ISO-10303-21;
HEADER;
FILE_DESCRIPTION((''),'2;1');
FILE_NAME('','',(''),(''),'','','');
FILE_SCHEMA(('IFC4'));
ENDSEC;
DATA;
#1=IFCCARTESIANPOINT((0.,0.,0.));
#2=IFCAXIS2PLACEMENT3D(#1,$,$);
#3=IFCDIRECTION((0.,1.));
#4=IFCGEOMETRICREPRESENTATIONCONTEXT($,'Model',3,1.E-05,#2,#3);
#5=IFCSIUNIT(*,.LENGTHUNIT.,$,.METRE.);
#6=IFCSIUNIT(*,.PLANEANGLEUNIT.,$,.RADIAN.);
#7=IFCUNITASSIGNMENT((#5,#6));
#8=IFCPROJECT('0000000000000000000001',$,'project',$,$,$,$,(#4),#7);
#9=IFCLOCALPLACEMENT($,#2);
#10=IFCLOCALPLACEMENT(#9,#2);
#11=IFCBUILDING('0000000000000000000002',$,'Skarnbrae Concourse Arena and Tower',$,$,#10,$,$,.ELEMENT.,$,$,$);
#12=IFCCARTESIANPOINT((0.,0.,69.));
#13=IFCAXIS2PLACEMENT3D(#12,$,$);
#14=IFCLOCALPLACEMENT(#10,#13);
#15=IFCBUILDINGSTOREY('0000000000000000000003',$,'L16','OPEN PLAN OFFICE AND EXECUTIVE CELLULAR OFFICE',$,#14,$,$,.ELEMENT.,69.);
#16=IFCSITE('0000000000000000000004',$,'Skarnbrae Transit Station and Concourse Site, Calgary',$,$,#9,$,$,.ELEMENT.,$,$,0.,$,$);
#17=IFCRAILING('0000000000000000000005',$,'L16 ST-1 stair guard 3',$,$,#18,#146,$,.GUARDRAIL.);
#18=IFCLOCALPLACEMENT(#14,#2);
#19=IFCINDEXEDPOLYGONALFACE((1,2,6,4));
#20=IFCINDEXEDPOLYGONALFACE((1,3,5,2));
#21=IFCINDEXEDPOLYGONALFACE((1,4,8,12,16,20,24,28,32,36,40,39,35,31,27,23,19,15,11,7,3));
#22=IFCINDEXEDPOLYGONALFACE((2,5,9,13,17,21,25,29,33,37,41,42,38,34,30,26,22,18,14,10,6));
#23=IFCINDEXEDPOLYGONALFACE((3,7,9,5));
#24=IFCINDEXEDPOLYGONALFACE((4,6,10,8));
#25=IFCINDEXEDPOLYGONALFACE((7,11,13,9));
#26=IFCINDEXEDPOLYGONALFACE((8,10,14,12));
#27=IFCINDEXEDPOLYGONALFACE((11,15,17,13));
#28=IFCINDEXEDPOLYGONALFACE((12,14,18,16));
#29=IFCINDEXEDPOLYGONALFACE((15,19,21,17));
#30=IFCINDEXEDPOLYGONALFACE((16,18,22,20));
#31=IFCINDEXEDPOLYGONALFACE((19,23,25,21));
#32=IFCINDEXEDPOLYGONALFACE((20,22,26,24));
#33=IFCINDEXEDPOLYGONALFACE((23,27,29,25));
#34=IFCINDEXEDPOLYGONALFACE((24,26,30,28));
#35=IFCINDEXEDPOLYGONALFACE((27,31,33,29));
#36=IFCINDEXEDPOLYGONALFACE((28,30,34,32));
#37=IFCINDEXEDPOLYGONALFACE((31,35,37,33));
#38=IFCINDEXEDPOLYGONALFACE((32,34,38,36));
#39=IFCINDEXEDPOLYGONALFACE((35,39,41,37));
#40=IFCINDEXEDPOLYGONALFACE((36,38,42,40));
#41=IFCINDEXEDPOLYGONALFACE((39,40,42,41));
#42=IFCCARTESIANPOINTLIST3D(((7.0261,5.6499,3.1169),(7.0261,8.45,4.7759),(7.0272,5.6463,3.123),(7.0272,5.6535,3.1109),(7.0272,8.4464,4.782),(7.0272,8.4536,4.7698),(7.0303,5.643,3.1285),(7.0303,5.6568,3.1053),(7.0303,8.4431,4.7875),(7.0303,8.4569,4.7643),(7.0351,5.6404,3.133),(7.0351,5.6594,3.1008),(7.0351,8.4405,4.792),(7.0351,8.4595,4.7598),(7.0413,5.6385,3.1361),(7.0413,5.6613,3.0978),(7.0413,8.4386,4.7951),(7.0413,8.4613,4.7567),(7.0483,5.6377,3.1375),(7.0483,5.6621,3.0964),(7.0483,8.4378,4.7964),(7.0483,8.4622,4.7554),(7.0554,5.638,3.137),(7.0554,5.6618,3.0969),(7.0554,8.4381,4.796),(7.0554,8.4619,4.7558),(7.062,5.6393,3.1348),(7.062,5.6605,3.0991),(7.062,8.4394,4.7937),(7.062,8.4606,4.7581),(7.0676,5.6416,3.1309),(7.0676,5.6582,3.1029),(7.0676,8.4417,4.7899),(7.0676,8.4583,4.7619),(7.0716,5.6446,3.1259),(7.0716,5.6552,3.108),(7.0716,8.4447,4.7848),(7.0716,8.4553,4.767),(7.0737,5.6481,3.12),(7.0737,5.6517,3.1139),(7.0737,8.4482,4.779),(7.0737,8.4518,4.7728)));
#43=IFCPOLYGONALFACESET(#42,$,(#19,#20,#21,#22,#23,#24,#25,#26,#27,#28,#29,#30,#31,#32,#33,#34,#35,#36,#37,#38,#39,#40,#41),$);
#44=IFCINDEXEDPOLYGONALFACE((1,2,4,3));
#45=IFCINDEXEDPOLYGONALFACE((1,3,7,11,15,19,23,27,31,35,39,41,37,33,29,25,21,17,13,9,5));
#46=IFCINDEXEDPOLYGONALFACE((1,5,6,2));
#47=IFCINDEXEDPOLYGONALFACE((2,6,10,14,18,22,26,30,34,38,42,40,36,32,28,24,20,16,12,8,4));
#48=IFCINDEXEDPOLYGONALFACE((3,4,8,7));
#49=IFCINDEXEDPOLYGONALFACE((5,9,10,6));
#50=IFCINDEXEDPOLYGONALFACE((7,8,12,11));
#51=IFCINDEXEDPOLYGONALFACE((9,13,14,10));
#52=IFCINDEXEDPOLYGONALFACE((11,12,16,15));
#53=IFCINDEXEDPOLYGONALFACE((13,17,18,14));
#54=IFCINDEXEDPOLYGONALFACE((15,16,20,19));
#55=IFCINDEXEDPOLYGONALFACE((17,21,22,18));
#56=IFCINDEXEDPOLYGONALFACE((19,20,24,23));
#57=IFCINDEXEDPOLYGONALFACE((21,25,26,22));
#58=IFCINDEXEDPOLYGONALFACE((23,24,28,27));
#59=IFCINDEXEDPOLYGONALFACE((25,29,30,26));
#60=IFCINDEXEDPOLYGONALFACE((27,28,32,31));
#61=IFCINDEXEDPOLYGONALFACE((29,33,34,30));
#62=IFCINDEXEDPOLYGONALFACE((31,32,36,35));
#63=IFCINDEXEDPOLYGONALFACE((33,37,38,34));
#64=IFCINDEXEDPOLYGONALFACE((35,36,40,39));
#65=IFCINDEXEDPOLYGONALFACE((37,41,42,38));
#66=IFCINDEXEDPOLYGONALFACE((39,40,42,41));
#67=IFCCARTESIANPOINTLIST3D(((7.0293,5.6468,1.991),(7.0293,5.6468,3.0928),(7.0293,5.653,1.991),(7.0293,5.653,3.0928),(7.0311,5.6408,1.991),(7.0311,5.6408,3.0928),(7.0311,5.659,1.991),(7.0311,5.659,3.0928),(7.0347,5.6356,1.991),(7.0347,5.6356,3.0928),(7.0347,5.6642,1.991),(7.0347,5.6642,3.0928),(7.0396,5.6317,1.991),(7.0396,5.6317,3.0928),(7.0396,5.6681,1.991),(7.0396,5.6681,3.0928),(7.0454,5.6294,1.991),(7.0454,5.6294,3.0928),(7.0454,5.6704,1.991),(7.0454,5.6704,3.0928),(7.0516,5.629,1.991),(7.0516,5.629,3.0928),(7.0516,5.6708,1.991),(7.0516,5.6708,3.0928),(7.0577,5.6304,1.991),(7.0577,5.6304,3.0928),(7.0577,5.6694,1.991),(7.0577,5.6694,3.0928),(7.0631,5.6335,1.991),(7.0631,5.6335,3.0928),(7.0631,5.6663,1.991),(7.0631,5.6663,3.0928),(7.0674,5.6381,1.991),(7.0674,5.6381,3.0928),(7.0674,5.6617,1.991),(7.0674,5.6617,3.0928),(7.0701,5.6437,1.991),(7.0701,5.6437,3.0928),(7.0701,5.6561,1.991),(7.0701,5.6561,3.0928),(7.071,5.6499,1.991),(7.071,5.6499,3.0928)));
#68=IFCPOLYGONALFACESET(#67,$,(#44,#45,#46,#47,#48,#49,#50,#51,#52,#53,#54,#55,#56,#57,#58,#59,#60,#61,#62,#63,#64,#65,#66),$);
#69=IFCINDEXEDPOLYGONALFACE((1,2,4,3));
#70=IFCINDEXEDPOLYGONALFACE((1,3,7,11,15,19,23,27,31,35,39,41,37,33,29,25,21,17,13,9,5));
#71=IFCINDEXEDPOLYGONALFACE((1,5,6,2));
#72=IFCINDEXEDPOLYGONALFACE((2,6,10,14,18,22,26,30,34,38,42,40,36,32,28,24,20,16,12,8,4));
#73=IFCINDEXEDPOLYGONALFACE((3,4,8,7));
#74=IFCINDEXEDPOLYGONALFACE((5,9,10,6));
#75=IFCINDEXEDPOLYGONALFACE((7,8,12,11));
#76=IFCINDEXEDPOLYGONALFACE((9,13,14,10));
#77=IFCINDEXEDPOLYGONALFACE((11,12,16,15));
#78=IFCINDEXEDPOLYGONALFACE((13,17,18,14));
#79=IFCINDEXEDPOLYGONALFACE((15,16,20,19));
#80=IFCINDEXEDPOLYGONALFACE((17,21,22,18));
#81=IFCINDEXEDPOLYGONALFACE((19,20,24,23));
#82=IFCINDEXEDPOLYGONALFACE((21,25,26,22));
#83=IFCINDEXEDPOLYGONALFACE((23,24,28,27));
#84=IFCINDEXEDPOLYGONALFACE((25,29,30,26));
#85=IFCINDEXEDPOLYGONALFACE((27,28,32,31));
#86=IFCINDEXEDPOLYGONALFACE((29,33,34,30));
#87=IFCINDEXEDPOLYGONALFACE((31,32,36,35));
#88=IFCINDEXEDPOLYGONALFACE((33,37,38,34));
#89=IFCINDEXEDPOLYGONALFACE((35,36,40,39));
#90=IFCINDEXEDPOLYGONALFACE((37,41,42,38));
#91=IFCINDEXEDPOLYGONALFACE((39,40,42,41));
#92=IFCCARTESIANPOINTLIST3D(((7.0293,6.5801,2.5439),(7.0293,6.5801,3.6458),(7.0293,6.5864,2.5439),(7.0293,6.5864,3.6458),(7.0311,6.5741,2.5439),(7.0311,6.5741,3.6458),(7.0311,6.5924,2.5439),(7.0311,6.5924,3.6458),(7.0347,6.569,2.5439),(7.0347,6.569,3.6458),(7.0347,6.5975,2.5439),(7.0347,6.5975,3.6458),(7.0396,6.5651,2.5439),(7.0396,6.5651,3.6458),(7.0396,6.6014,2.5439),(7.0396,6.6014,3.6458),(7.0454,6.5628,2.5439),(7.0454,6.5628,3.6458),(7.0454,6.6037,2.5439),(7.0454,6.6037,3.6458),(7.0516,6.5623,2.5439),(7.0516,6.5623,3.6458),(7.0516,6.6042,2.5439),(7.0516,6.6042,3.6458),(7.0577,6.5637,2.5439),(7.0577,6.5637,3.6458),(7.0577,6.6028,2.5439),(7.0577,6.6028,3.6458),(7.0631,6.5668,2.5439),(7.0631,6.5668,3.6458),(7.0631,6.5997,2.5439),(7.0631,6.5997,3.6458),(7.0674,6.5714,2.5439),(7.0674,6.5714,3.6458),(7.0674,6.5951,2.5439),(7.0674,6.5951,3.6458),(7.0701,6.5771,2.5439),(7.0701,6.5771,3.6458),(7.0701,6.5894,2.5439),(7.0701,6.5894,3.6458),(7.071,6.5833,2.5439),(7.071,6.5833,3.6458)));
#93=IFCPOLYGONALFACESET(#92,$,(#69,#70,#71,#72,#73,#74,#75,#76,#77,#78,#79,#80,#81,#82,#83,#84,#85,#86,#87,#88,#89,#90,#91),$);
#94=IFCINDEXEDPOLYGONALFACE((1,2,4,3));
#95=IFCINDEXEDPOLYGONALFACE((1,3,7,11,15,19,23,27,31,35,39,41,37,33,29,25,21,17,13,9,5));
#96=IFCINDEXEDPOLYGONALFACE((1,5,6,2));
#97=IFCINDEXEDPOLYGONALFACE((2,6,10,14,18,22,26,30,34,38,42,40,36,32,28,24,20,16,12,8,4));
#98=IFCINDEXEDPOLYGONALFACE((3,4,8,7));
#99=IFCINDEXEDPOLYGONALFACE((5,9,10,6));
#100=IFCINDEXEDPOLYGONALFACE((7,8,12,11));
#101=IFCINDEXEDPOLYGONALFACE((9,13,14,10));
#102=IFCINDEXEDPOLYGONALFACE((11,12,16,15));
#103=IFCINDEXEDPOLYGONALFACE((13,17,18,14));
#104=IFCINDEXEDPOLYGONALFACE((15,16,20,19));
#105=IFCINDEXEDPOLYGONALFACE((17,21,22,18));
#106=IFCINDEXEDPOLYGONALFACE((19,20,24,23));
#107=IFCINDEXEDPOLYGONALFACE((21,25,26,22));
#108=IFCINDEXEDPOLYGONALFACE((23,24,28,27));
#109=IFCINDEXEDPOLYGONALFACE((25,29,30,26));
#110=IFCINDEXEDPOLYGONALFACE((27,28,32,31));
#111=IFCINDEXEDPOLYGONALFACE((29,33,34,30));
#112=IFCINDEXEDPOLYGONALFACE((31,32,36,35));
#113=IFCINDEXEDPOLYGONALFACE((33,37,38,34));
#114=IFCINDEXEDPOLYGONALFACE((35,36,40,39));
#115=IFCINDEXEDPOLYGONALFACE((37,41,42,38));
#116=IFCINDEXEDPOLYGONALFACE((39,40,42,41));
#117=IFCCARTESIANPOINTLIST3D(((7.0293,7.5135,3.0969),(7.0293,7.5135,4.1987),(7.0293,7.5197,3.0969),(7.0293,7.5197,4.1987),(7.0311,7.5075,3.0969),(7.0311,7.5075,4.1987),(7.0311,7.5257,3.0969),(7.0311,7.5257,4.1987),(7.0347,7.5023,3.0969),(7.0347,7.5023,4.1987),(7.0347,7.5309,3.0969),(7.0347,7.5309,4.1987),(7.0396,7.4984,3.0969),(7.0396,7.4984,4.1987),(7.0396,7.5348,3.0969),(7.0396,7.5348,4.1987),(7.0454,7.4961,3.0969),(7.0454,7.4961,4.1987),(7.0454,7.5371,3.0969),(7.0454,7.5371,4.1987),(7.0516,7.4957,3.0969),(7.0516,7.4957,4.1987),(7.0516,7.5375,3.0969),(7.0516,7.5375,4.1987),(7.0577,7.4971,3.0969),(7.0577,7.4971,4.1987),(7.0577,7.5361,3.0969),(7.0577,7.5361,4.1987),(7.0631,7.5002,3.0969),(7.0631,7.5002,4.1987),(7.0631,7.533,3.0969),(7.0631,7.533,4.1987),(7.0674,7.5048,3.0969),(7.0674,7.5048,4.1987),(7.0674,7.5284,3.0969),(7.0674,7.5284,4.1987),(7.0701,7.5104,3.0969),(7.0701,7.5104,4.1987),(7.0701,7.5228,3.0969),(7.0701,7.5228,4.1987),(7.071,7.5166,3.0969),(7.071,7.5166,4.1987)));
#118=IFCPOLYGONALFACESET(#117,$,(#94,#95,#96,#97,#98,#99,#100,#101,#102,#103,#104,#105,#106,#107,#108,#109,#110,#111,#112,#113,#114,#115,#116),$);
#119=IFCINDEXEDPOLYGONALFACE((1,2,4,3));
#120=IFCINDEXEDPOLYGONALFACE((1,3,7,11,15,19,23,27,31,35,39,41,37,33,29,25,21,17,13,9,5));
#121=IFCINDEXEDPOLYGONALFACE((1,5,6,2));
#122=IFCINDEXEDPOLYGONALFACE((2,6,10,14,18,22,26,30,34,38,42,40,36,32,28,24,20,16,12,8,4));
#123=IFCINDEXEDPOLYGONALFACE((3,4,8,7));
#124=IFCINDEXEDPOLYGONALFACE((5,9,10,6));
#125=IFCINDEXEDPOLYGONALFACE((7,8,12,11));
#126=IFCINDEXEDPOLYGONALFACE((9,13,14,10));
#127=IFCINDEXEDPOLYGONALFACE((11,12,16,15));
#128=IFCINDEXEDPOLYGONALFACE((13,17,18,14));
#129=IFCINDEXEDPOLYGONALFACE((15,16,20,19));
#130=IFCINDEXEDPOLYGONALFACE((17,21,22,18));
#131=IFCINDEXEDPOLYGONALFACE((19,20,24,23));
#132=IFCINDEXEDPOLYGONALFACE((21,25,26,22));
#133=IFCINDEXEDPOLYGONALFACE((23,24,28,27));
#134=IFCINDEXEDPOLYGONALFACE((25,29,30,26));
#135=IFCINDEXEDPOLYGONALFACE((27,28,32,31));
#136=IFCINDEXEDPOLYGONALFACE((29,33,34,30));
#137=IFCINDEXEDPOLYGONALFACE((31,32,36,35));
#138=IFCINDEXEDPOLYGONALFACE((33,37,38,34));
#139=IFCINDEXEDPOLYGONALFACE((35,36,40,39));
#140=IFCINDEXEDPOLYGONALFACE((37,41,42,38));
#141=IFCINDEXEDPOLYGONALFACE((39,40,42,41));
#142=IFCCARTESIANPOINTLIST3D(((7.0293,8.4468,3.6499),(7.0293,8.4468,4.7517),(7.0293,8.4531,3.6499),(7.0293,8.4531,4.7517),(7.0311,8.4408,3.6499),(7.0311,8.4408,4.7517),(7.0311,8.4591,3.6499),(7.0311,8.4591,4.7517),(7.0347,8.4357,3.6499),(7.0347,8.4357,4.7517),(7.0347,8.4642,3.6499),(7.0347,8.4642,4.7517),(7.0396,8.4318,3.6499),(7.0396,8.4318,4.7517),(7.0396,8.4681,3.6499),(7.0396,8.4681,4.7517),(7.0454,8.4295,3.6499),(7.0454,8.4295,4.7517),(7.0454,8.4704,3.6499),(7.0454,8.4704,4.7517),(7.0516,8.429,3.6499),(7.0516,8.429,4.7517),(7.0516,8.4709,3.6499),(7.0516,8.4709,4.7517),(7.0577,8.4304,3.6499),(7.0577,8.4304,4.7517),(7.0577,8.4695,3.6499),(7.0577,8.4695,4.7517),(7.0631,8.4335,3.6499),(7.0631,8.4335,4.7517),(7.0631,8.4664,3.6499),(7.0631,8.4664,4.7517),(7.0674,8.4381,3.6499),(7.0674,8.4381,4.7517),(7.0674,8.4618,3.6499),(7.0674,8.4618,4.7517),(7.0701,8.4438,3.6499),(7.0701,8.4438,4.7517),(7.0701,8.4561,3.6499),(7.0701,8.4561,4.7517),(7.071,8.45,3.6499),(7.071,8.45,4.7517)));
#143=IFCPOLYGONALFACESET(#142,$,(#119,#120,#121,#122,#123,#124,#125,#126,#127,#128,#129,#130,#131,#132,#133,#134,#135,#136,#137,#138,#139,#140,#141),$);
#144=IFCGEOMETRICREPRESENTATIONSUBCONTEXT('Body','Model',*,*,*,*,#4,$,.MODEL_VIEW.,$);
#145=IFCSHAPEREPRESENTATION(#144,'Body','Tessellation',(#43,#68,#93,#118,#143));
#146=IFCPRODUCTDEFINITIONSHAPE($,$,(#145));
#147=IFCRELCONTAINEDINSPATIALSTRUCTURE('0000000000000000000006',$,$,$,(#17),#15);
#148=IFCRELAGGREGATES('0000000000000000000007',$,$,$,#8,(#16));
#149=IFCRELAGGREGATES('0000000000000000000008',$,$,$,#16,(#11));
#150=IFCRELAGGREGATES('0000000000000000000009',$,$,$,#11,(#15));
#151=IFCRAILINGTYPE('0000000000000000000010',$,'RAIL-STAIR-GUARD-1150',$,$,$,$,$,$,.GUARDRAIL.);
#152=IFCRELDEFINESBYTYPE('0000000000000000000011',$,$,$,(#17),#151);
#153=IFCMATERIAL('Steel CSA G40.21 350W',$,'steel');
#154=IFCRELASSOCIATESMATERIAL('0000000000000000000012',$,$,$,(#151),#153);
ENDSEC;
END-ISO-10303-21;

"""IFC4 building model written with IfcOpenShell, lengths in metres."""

from ifc_helpers import new_model, si_unit, direction, frame, origin, origin_2d, place, context, subcontext, project, spatial, circle, extrude, material, type_object, element, save


model = new_model("IFC4")

# Units and contexts
model_context = context("Model", 3, precision=1e-05, world=origin(), true_north=direction((0.0, 1.0)))
body_context = subcontext(model_context, "Body", "Model", "MODEL_VIEW")
ifc_project = project(units=[si_unit("LENGTHUNIT", "METRE"), si_unit("PLANEANGLEUNIT", "RADIAN")], contexts=[model_context])

# Site, building, storey
site_placement = place(None, origin())
site = spatial("IfcSite", under=ifc_project, at=site_placement, Name="Skarnbrae Transit Station and Concourse Site, Calgary", CompositionType="ELEMENT", RefElevation=0.0)
building_placement = place(site_placement, origin())
building = spatial("IfcBuilding", under=site, at=building_placement, Name="Skarnbrae Concourse Arena and Tower", CompositionType="ELEMENT")
storey_placement = place(building_placement, frame((0.0, 0.0, 69.0)))
storey = spatial("IfcBuildingStorey", under=building, at=storey_placement, Name="L16", Description="OPEN PLAN OFFICE AND EXECUTIVE CELLULAR OFFICE", CompositionType="ELEMENT", Elevation=69.0)

# Shared definitions
ifc_material_1 = material(Name="Steel CSA G40.21 350W", Category="steel")

# Railing
railing_type_1 = type_object("IfcRailingType", Name="RAIL-STAIR-GUARD-1150", PredefinedType="GUARDRAIL", material=ifc_material_1)
railing_1_placement = place(storey_placement, frame((7.05, 5.6499, 1.991)))
element("IfcRailing", 1, at=railing_1_placement, inside=storey, type_object=railing_type_1, Name="L16 ST-1 stair guard 3", PredefinedType="GUARDRAIL", context=body_context, shape_type="SweptSolid", body=[
    extrude(circle(Radius=0.0239, at=origin_2d()), frame((0.0, 0.0, 1.126), z_axis=(0.0, 0.860339, 0.509722), x_axis=(-1.0, 0.0, 0.0)), (0.0, 0.0, 1.0), 3.2546),
    extrude(circle(Radius=0.021, at=origin_2d()), origin(), (0.0, 0.0, 1.0), 1.1018),
    extrude(circle(Radius=0.021, at=origin_2d()), frame((0.0, 0.9333, 0.553)), (0.0, 0.0, 1.0), 1.1018),
    extrude(circle(Radius=0.021, at=origin_2d()), frame((0.0, 1.8667, 1.106)), (0.0, 0.0, 1.0), 1.1018),
    extrude(circle(Radius=0.021, at=origin_2d()), frame((0.0, 2.8, 1.6589)), (0.0, 0.0, 1.0), 1.1018),
])

save(model, "model.ifc")
